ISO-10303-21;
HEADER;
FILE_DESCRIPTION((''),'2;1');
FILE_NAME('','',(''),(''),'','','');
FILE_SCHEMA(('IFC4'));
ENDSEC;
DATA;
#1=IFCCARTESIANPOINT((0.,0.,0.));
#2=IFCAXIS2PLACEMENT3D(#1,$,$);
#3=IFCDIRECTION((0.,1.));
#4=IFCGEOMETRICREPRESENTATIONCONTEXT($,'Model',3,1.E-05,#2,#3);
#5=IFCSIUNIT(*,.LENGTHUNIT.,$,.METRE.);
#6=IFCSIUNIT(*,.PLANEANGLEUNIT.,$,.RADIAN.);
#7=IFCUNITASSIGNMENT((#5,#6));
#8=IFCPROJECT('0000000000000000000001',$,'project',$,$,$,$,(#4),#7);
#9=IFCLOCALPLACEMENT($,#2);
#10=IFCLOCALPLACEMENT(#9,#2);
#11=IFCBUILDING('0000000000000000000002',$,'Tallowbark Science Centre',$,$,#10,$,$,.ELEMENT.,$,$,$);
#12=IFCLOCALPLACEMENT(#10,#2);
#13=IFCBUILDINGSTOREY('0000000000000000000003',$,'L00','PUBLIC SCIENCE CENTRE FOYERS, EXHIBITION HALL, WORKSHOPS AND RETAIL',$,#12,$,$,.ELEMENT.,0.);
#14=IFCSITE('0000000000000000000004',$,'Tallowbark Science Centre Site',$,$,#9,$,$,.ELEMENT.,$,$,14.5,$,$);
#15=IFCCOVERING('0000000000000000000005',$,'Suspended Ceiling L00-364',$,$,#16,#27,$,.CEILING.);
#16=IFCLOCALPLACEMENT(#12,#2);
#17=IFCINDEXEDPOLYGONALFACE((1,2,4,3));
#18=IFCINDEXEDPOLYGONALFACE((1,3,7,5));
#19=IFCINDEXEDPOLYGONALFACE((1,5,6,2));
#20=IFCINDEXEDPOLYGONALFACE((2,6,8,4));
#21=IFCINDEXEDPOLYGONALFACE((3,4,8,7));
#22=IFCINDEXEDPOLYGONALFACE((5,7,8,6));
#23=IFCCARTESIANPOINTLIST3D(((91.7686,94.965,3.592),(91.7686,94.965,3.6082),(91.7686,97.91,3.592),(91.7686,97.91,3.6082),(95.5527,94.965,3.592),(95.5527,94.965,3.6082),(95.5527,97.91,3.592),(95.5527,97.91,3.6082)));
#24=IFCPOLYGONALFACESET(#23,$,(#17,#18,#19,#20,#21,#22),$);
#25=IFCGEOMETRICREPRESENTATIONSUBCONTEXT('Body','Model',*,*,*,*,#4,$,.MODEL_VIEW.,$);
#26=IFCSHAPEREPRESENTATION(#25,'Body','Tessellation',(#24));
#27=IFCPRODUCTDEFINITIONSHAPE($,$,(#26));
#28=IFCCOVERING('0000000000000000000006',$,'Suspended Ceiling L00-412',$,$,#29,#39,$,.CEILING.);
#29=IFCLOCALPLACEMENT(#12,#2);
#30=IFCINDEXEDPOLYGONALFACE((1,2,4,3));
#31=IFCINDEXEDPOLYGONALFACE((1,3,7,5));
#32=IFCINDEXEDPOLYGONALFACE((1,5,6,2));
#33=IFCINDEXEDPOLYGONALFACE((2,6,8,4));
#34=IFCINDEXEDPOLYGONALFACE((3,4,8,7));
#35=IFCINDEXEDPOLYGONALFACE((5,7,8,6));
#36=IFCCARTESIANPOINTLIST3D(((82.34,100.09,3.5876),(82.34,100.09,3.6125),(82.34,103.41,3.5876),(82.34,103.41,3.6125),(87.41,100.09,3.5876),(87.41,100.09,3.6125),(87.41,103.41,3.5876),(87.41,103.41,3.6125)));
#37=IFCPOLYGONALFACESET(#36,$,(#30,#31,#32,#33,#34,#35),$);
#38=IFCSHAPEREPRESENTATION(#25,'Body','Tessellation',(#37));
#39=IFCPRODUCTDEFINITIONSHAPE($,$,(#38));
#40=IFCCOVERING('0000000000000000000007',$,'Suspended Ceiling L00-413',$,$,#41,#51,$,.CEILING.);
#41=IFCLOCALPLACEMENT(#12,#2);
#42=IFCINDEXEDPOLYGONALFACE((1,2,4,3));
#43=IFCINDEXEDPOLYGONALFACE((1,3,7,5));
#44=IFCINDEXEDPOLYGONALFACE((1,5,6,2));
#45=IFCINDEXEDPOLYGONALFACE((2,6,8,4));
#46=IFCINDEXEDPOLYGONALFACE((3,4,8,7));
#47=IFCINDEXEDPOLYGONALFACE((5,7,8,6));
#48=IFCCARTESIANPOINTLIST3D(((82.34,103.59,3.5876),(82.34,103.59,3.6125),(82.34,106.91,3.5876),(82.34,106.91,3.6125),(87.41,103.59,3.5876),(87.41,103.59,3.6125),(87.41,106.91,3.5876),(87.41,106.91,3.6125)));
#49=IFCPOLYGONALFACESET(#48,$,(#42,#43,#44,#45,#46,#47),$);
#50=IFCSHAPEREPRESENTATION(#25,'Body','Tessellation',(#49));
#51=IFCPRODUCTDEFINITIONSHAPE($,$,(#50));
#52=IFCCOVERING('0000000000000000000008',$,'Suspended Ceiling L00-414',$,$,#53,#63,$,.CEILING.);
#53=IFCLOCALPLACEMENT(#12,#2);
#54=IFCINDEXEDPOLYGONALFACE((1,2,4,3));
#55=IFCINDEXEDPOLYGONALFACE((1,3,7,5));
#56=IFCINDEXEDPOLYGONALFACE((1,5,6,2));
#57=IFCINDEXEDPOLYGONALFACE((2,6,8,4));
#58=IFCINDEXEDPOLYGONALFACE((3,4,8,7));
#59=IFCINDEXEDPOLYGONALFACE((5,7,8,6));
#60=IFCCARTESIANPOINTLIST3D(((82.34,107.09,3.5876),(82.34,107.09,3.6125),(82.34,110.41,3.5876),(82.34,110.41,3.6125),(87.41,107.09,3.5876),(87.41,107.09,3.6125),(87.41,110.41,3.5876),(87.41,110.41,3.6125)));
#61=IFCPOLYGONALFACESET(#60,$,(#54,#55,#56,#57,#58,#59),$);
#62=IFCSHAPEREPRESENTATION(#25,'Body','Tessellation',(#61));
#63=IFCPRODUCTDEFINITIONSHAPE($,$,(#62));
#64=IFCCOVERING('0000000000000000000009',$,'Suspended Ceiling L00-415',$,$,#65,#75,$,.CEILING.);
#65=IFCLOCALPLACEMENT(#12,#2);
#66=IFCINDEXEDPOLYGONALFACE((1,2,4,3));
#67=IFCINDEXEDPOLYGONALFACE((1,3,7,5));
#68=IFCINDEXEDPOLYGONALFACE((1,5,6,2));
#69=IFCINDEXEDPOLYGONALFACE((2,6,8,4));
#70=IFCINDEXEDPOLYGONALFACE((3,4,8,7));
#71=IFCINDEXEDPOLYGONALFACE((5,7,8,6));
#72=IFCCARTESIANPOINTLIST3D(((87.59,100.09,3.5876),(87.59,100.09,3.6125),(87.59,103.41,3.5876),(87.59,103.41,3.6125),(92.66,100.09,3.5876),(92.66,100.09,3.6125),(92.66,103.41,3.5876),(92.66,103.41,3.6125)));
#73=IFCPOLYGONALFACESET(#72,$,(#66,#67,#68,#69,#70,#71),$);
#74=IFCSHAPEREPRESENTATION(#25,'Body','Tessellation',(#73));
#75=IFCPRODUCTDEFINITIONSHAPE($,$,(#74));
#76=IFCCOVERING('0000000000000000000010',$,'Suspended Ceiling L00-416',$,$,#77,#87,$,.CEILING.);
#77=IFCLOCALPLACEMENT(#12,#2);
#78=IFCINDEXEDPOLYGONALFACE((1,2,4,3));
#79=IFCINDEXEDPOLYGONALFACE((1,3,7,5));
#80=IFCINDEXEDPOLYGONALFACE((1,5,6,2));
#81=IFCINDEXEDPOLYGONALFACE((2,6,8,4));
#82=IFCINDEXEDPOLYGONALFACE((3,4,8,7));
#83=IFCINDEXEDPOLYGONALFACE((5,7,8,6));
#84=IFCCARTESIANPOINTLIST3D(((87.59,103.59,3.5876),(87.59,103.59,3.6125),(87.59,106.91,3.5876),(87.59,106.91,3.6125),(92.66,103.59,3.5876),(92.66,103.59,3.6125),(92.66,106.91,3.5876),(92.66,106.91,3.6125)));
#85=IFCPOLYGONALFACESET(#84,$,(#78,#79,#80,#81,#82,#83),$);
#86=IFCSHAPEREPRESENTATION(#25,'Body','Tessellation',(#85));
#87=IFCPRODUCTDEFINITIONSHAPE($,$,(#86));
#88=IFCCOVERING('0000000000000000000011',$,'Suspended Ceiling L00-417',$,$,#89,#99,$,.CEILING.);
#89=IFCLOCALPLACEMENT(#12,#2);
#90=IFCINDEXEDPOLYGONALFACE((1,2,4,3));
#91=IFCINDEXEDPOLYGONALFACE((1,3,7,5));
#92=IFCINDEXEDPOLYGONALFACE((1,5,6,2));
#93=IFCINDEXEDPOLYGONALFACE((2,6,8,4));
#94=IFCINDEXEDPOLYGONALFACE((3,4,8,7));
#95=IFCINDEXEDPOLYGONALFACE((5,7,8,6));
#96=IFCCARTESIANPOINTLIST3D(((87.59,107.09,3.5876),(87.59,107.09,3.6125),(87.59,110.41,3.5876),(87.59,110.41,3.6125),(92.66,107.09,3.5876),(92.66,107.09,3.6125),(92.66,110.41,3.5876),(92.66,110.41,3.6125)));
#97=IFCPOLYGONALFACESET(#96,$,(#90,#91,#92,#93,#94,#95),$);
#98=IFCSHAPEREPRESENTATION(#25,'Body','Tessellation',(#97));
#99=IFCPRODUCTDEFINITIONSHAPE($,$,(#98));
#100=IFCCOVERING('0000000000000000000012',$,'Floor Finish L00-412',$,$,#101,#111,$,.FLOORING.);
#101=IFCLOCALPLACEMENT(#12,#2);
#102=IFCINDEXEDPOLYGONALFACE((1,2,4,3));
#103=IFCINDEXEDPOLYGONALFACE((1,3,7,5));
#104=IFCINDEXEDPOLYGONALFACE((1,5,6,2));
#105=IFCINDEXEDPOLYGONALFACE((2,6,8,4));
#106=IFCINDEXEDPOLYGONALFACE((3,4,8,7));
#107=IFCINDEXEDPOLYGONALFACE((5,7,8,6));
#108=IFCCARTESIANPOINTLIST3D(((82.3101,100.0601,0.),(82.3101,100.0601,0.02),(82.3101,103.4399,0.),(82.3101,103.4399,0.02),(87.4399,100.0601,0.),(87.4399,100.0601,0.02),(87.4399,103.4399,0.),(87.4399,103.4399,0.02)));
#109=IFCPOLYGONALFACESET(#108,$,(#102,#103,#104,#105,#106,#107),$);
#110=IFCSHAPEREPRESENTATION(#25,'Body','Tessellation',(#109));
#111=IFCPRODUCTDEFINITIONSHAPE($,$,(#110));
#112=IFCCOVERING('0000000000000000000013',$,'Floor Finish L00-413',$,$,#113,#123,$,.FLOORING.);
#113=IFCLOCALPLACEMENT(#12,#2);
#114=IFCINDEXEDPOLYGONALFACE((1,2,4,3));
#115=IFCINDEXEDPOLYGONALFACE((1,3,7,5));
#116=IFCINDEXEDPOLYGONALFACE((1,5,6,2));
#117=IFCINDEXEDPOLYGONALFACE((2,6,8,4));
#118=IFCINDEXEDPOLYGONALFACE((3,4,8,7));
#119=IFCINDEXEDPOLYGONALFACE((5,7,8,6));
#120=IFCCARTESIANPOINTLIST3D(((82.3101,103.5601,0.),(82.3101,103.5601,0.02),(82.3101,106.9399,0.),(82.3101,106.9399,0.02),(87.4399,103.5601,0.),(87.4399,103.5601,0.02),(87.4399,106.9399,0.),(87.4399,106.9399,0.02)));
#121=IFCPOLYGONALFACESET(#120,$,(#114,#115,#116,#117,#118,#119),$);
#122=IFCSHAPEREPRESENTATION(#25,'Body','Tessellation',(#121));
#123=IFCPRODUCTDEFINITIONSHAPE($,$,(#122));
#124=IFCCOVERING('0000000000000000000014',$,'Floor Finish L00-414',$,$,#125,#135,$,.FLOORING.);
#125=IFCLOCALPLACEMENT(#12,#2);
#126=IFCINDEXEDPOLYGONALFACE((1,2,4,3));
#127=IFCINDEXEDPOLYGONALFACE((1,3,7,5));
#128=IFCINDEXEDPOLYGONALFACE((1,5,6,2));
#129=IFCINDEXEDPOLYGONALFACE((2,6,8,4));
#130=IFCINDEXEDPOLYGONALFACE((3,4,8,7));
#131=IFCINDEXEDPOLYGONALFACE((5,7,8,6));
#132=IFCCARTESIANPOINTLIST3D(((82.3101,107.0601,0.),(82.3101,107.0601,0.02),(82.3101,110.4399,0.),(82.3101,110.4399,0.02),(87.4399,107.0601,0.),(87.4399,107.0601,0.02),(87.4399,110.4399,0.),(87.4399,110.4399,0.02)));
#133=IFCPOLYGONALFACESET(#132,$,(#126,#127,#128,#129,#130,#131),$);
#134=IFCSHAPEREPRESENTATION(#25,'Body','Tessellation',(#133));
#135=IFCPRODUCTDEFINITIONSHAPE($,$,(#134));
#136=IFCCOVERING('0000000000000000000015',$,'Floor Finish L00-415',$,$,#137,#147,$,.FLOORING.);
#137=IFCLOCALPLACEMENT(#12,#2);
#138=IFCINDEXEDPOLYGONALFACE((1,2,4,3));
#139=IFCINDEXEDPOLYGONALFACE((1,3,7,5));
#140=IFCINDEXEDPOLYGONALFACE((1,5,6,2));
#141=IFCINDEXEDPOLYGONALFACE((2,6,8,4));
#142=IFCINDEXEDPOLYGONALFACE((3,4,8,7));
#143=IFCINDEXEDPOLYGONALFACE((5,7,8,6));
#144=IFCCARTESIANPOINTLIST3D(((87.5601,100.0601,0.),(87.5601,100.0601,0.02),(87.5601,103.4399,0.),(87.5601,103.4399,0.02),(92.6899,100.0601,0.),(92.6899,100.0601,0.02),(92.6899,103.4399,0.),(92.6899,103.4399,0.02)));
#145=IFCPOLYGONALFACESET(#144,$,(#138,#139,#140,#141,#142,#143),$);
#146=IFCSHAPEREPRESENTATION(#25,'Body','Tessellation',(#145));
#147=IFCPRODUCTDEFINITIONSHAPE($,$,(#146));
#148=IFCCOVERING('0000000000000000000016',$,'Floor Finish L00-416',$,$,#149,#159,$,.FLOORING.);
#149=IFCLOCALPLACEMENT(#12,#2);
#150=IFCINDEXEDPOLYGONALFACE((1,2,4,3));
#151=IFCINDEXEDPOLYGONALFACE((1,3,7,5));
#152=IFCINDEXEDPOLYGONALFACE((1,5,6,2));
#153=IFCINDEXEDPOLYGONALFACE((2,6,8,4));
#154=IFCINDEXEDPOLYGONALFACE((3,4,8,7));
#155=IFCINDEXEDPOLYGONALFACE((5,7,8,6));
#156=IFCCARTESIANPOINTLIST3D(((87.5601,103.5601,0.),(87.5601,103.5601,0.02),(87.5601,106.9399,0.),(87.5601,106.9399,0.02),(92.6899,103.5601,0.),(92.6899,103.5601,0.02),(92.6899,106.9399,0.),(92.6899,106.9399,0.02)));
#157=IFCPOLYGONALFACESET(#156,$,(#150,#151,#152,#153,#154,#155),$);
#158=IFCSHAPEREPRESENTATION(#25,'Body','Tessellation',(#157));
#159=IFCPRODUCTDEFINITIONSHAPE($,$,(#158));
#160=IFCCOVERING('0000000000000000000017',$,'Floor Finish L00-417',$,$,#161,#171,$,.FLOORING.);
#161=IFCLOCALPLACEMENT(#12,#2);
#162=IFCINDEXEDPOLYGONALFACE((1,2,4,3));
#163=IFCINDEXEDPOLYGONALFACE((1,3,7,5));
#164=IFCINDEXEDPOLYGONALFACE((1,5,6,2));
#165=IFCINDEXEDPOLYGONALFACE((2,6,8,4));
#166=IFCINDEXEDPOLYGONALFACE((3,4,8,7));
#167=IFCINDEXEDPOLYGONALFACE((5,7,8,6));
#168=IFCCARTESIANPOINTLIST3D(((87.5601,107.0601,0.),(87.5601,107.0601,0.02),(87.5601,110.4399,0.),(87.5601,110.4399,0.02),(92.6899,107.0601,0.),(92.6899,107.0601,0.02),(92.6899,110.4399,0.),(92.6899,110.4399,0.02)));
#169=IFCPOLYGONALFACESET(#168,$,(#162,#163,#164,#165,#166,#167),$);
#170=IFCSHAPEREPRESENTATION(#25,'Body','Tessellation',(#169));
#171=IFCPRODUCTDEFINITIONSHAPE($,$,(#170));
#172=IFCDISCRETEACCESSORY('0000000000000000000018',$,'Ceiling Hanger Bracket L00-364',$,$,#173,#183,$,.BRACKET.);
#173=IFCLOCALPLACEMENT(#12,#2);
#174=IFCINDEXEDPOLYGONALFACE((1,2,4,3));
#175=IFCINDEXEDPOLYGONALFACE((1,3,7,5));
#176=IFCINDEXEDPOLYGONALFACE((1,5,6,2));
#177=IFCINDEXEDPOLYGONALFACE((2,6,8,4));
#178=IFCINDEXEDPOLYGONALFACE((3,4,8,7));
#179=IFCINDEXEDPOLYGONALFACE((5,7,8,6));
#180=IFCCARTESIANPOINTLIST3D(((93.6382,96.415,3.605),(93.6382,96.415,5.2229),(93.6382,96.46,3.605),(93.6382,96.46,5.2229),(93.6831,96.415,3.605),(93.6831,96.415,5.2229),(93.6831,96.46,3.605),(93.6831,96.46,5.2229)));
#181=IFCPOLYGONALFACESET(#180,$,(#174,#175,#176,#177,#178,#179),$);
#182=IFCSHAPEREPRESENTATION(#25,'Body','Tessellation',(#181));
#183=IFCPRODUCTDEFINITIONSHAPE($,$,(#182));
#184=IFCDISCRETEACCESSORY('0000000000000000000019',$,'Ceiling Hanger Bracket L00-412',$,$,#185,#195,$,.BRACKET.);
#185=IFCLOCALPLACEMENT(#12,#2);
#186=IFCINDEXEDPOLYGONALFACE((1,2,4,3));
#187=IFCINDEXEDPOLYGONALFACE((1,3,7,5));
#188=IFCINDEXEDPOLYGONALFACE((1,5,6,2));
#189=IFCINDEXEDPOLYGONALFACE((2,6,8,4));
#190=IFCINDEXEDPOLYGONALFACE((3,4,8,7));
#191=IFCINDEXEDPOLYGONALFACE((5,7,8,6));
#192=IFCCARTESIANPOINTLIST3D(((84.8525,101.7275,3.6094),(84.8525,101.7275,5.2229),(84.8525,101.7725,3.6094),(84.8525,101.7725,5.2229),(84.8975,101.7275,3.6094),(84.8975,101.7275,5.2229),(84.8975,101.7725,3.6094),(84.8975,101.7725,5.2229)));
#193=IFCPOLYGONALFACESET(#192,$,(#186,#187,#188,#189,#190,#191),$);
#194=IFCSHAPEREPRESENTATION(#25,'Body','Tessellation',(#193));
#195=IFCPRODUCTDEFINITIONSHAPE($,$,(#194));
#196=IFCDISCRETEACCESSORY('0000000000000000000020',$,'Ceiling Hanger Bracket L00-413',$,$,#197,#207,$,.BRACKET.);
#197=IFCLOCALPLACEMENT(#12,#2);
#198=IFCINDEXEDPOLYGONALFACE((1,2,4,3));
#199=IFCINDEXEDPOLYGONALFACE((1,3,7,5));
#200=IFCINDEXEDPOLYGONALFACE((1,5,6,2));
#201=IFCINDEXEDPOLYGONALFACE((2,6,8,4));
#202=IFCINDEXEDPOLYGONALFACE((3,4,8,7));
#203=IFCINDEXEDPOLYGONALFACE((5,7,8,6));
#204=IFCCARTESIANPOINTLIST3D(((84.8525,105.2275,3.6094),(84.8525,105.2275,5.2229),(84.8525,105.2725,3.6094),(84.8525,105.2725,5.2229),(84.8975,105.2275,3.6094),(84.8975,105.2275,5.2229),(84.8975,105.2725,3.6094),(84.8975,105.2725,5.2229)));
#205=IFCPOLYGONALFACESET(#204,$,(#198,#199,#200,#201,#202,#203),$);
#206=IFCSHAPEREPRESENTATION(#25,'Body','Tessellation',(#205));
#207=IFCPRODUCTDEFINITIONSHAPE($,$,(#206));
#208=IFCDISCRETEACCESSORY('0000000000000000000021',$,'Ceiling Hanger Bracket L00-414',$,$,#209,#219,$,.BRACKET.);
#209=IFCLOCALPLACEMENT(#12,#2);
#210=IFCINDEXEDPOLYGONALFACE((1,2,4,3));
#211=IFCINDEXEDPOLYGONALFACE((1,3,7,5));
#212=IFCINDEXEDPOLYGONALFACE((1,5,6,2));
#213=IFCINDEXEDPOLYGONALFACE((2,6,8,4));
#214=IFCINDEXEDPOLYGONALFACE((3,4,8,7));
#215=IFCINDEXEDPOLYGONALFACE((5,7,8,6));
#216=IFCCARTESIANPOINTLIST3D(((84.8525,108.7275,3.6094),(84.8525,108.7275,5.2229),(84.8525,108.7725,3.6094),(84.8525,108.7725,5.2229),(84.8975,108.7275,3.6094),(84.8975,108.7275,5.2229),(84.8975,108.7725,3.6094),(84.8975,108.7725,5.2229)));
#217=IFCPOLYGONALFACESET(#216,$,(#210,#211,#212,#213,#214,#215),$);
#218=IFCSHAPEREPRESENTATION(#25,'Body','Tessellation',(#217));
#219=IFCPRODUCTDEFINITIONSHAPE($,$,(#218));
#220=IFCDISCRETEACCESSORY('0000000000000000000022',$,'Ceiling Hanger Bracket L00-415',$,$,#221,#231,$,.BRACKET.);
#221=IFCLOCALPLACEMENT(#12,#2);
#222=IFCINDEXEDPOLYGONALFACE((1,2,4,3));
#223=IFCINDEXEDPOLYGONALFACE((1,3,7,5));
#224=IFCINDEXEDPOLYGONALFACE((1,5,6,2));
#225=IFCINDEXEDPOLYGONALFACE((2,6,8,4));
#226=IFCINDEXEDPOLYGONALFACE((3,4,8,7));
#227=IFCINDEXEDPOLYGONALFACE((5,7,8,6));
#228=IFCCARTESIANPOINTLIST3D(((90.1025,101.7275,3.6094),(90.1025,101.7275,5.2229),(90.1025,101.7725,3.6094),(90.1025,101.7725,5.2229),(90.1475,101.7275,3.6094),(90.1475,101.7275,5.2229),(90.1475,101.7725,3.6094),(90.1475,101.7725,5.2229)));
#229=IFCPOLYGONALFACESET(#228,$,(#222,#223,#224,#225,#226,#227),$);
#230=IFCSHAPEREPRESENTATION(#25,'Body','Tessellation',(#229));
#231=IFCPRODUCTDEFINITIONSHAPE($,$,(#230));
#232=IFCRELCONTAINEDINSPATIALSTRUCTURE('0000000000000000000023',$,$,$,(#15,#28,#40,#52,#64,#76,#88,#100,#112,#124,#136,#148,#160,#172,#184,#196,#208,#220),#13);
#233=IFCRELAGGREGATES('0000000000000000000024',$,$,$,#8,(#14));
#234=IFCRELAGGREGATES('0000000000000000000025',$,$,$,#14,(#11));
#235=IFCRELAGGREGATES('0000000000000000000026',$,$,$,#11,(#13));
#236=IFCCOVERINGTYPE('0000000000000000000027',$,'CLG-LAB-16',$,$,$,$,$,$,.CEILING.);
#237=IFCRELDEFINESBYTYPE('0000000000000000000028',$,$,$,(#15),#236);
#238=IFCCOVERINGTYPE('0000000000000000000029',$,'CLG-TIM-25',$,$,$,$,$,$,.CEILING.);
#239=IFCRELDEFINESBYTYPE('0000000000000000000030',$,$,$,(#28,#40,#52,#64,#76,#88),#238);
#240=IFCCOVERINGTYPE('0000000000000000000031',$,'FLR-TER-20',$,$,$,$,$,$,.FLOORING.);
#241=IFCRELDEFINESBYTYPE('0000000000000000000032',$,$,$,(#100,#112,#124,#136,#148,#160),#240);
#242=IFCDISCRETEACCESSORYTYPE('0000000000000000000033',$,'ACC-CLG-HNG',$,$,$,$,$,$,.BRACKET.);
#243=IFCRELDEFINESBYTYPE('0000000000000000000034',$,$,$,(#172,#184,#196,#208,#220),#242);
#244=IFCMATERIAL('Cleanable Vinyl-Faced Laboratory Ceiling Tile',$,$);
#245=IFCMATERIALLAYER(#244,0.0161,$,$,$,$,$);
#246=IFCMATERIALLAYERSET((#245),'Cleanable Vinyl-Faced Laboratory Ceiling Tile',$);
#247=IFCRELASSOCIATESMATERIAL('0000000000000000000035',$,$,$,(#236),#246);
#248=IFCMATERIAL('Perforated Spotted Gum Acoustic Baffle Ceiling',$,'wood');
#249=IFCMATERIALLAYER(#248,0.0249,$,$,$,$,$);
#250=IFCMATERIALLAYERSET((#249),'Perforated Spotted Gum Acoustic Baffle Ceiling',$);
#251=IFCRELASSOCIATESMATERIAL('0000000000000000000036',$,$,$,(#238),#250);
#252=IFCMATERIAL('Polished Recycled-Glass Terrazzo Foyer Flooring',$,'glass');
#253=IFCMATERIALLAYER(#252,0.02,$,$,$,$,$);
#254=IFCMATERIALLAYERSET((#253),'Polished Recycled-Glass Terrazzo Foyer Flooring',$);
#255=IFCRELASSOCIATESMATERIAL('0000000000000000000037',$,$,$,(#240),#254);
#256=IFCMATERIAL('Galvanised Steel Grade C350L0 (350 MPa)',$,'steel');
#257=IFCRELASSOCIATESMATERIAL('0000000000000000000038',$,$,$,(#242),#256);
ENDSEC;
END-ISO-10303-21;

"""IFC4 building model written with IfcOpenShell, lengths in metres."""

from ifc_helpers import new_model, si_unit, direction, frame, origin, origin_2d, place, context, subcontext, project, spatial, rectangle, extrude, material, layer, layer_set, type_object, element, save


model = new_model("IFC4")

# Units and contexts
model_context = context("Model", 3, precision=1e-05, world=origin(), true_north=direction((0.0, 1.0)))
body_context = subcontext(model_context, "Body", "Model", "MODEL_VIEW")
ifc_project = project(units=[si_unit("LENGTHUNIT", "METRE"), si_unit("PLANEANGLEUNIT", "RADIAN")], contexts=[model_context])

# Site, building, storey
site_placement = place(None, origin())
site = spatial("IfcSite", under=ifc_project, at=site_placement, Name="Tallowbark Science Centre Site", CompositionType="ELEMENT", RefElevation=14.5)
building_placement = place(site_placement, origin())
building = spatial("IfcBuilding", under=site, at=building_placement, Name="Tallowbark Science Centre", CompositionType="ELEMENT")
storey_placement = place(building_placement, origin())
storey = spatial("IfcBuildingStorey", under=building, at=storey_placement, Name="L00", Description="PUBLIC SCIENCE CENTRE FOYERS, EXHIBITION HALL, WORKSHOPS AND RETAIL", CompositionType="ELEMENT", Elevation=0.0)

# Coverings
ifc_material_1 = material(Name="Cleanable Vinyl-Faced Laboratory Ceiling Tile")
ifc_layer_1 = layer(ifc_material_1, 0.0161)
ifc_layer_set_1 = layer_set([ifc_layer_1], Name="Cleanable Vinyl-Faced Laboratory Ceiling Tile")
covering_type_1 = type_object("IfcCoveringType", Name="CLG-LAB-16", PredefinedType="CEILING", material=ifc_layer_set_1)
covering_placement = place(storey_placement, frame((93.6606, 96.4375, 3.592), z_axis=(0.0, 0.0, 1.0), x_axis=(1.0, 0.0, 0.0)))
element("IfcCovering", 1, at=covering_placement, inside=storey, type_object=covering_type_1, Name="Suspended Ceiling L00-364", PredefinedType="CEILING", context=body_context, shape_type="SweptSolid", body=[
    extrude(rectangle(XDim=3.7842, YDim=2.9451, at=origin_2d()), origin(), (0.0, 0.0, 1.0), 0.0161),
])
ifc_material_2 = material(Name="Perforated Spotted Gum Acoustic Baffle Ceiling", Category="wood")
ifc_layer_2 = layer(ifc_material_2, 0.0249)
ifc_layer_set_2 = layer_set([ifc_layer_2], Name="Perforated Spotted Gum Acoustic Baffle Ceiling")
covering_type_2 = type_object("IfcCoveringType", Name="CLG-TIM-25", PredefinedType="CEILING", material=ifc_layer_set_2)
for number, where, z_axis, x_axis, name in (
    (2, (84.875, 101.75, 3.5876), (0.0, 0.0, 1.0), (1.0, 0.0, 0.0), "Suspended Ceiling L00-412"),
    (3, (84.875, 105.25, 3.5876), (0.0, 0.0, 1.0), (1.0, 0.0, 0.0), "Suspended Ceiling L00-413"),
    (4, (84.875, 108.75, 3.5876), (0.0, 0.0, 1.0), (1.0, 0.0, 0.0), "Suspended Ceiling L00-414"),
    (5, (90.125, 101.75, 3.5876), (0.0, 0.0, 1.0), (1.0, 0.0, 0.0), "Suspended Ceiling L00-415"),
    (6, (90.125, 105.25, 3.5876), (0.0, 0.0, 1.0), (1.0, 0.0, 0.0), "Suspended Ceiling L00-416"),
    (7, (90.125, 108.75, 3.5876), (0.0, 0.0, 1.0), (1.0, 0.0, 0.0), "Suspended Ceiling L00-417"),
):
    element("IfcCovering", number, at=place(storey_placement, frame(where, z_axis=z_axis, x_axis=x_axis)), inside=storey, type_object=covering_type_2, Name=name, PredefinedType="CEILING", context=body_context, shape_type="SweptSolid", body=[
        extrude(rectangle(XDim=5.0701, YDim=3.3201, at=origin_2d()), origin(), (0.0, 0.0, 1.0), 0.0249),
    ])
ifc_material_3 = material(Name="Polished Recycled-Glass Terrazzo Foyer Flooring", Category="glass")
ifc_layer_3 = layer(ifc_material_3, 0.02)
ifc_layer_set_3 = layer_set([ifc_layer_3], Name="Polished Recycled-Glass Terrazzo Foyer Flooring")
covering_type_3 = type_object("IfcCoveringType", Name="FLR-TER-20", PredefinedType="FLOORING", material=ifc_layer_set_3)
for number, where, z_axis, x_axis, name in (
    (8, (84.875, 101.75, 0.0), (0.0, 0.0, 1.0), (1.0, 0.0, 0.0), "Floor Finish L00-412"),
    (9, (84.875, 105.25, 0.0), (0.0, 0.0, 1.0), (1.0, 0.0, 0.0), "Floor Finish L00-413"),
    (10, (84.875, 108.75, 0.0), (0.0, 0.0, 1.0), (1.0, 0.0, 0.0), "Floor Finish L00-414"),
    (11, (90.125, 101.75, 0.0), (0.0, 0.0, 1.0), (1.0, 0.0, 0.0), "Floor Finish L00-415"),
    (12, (90.125, 105.25, 0.0), (0.0, 0.0, 1.0), (1.0, 0.0, 0.0), "Floor Finish L00-416"),
    (13, (90.125, 108.75, 0.0), (0.0, 0.0, 1.0), (1.0, 0.0, 0.0), "Floor Finish L00-417"),
):
    element("IfcCovering", number, at=place(storey_placement, frame(where, z_axis=z_axis, x_axis=x_axis)), inside=storey, type_object=covering_type_3, Name=name, PredefinedType="FLOORING", context=body_context, shape_type="SweptSolid", body=[
        extrude(rectangle(XDim=5.1299, YDim=3.3799, at=origin_2d()), origin(), (0.0, 0.0, 1.0), 0.02),
    ])

# Discrete accessories
ifc_material_4 = material(Name="Galvanised Steel Grade C350L0 (350 MPa)", Category="steel")
discrete_accessory_type = type_object("IfcDiscreteAccessoryType", Name="ACC-CLG-HNG", PredefinedType="BRACKET", material=ifc_material_4)
discrete_accessory_placement = place(storey_placement, frame((93.6606, 96.4375, 3.605), z_axis=(0.0, 0.0, 1.0), x_axis=(1.0, 0.0, 0.0)))
element("IfcDiscreteAccessory", 14, at=discrete_accessory_placement, inside=storey, type_object=discrete_accessory_type, Name="Ceiling Hanger Bracket L00-364", PredefinedType="BRACKET", context=body_context, shape_type="SweptSolid", body=[
    extrude(rectangle(XDim=0.0449, YDim=0.0449, at=origin_2d()), origin(), (0.0, 0.0, 1.0), 1.6179),
])
for number, where, z_axis, x_axis, name in (
    (15, (84.875, 101.75, 3.6094), (0.0, 0.0, 1.0), (1.0, 0.0, 0.0), "Ceiling Hanger Bracket L00-412"),
    (16, (84.875, 105.25, 3.6094), (0.0, 0.0, 1.0), (1.0, 0.0, 0.0), "Ceiling Hanger Bracket L00-413"),
    (17, (84.875, 108.75, 3.6094), (0.0, 0.0, 1.0), (1.0, 0.0, 0.0), "Ceiling Hanger Bracket L00-414"),
    (18, (90.125, 101.75, 3.6094), (0.0, 0.0, 1.0), (1.0, 0.0, 0.0), "Ceiling Hanger Bracket L00-415"),
):
    element("IfcDiscreteAccessory", number, at=place(storey_placement, frame(where, z_axis=z_axis, x_axis=x_axis)), inside=storey, type_object=discrete_accessory_type, Name=name, PredefinedType="BRACKET", context=body_context, shape_type="SweptSolid", body=[
        extrude(rectangle(XDim=0.0449, YDim=0.0449, at=origin_2d()), origin(), (0.0, 0.0, 1.0), 1.6135),
    ])

save(model, "model.ifc")
